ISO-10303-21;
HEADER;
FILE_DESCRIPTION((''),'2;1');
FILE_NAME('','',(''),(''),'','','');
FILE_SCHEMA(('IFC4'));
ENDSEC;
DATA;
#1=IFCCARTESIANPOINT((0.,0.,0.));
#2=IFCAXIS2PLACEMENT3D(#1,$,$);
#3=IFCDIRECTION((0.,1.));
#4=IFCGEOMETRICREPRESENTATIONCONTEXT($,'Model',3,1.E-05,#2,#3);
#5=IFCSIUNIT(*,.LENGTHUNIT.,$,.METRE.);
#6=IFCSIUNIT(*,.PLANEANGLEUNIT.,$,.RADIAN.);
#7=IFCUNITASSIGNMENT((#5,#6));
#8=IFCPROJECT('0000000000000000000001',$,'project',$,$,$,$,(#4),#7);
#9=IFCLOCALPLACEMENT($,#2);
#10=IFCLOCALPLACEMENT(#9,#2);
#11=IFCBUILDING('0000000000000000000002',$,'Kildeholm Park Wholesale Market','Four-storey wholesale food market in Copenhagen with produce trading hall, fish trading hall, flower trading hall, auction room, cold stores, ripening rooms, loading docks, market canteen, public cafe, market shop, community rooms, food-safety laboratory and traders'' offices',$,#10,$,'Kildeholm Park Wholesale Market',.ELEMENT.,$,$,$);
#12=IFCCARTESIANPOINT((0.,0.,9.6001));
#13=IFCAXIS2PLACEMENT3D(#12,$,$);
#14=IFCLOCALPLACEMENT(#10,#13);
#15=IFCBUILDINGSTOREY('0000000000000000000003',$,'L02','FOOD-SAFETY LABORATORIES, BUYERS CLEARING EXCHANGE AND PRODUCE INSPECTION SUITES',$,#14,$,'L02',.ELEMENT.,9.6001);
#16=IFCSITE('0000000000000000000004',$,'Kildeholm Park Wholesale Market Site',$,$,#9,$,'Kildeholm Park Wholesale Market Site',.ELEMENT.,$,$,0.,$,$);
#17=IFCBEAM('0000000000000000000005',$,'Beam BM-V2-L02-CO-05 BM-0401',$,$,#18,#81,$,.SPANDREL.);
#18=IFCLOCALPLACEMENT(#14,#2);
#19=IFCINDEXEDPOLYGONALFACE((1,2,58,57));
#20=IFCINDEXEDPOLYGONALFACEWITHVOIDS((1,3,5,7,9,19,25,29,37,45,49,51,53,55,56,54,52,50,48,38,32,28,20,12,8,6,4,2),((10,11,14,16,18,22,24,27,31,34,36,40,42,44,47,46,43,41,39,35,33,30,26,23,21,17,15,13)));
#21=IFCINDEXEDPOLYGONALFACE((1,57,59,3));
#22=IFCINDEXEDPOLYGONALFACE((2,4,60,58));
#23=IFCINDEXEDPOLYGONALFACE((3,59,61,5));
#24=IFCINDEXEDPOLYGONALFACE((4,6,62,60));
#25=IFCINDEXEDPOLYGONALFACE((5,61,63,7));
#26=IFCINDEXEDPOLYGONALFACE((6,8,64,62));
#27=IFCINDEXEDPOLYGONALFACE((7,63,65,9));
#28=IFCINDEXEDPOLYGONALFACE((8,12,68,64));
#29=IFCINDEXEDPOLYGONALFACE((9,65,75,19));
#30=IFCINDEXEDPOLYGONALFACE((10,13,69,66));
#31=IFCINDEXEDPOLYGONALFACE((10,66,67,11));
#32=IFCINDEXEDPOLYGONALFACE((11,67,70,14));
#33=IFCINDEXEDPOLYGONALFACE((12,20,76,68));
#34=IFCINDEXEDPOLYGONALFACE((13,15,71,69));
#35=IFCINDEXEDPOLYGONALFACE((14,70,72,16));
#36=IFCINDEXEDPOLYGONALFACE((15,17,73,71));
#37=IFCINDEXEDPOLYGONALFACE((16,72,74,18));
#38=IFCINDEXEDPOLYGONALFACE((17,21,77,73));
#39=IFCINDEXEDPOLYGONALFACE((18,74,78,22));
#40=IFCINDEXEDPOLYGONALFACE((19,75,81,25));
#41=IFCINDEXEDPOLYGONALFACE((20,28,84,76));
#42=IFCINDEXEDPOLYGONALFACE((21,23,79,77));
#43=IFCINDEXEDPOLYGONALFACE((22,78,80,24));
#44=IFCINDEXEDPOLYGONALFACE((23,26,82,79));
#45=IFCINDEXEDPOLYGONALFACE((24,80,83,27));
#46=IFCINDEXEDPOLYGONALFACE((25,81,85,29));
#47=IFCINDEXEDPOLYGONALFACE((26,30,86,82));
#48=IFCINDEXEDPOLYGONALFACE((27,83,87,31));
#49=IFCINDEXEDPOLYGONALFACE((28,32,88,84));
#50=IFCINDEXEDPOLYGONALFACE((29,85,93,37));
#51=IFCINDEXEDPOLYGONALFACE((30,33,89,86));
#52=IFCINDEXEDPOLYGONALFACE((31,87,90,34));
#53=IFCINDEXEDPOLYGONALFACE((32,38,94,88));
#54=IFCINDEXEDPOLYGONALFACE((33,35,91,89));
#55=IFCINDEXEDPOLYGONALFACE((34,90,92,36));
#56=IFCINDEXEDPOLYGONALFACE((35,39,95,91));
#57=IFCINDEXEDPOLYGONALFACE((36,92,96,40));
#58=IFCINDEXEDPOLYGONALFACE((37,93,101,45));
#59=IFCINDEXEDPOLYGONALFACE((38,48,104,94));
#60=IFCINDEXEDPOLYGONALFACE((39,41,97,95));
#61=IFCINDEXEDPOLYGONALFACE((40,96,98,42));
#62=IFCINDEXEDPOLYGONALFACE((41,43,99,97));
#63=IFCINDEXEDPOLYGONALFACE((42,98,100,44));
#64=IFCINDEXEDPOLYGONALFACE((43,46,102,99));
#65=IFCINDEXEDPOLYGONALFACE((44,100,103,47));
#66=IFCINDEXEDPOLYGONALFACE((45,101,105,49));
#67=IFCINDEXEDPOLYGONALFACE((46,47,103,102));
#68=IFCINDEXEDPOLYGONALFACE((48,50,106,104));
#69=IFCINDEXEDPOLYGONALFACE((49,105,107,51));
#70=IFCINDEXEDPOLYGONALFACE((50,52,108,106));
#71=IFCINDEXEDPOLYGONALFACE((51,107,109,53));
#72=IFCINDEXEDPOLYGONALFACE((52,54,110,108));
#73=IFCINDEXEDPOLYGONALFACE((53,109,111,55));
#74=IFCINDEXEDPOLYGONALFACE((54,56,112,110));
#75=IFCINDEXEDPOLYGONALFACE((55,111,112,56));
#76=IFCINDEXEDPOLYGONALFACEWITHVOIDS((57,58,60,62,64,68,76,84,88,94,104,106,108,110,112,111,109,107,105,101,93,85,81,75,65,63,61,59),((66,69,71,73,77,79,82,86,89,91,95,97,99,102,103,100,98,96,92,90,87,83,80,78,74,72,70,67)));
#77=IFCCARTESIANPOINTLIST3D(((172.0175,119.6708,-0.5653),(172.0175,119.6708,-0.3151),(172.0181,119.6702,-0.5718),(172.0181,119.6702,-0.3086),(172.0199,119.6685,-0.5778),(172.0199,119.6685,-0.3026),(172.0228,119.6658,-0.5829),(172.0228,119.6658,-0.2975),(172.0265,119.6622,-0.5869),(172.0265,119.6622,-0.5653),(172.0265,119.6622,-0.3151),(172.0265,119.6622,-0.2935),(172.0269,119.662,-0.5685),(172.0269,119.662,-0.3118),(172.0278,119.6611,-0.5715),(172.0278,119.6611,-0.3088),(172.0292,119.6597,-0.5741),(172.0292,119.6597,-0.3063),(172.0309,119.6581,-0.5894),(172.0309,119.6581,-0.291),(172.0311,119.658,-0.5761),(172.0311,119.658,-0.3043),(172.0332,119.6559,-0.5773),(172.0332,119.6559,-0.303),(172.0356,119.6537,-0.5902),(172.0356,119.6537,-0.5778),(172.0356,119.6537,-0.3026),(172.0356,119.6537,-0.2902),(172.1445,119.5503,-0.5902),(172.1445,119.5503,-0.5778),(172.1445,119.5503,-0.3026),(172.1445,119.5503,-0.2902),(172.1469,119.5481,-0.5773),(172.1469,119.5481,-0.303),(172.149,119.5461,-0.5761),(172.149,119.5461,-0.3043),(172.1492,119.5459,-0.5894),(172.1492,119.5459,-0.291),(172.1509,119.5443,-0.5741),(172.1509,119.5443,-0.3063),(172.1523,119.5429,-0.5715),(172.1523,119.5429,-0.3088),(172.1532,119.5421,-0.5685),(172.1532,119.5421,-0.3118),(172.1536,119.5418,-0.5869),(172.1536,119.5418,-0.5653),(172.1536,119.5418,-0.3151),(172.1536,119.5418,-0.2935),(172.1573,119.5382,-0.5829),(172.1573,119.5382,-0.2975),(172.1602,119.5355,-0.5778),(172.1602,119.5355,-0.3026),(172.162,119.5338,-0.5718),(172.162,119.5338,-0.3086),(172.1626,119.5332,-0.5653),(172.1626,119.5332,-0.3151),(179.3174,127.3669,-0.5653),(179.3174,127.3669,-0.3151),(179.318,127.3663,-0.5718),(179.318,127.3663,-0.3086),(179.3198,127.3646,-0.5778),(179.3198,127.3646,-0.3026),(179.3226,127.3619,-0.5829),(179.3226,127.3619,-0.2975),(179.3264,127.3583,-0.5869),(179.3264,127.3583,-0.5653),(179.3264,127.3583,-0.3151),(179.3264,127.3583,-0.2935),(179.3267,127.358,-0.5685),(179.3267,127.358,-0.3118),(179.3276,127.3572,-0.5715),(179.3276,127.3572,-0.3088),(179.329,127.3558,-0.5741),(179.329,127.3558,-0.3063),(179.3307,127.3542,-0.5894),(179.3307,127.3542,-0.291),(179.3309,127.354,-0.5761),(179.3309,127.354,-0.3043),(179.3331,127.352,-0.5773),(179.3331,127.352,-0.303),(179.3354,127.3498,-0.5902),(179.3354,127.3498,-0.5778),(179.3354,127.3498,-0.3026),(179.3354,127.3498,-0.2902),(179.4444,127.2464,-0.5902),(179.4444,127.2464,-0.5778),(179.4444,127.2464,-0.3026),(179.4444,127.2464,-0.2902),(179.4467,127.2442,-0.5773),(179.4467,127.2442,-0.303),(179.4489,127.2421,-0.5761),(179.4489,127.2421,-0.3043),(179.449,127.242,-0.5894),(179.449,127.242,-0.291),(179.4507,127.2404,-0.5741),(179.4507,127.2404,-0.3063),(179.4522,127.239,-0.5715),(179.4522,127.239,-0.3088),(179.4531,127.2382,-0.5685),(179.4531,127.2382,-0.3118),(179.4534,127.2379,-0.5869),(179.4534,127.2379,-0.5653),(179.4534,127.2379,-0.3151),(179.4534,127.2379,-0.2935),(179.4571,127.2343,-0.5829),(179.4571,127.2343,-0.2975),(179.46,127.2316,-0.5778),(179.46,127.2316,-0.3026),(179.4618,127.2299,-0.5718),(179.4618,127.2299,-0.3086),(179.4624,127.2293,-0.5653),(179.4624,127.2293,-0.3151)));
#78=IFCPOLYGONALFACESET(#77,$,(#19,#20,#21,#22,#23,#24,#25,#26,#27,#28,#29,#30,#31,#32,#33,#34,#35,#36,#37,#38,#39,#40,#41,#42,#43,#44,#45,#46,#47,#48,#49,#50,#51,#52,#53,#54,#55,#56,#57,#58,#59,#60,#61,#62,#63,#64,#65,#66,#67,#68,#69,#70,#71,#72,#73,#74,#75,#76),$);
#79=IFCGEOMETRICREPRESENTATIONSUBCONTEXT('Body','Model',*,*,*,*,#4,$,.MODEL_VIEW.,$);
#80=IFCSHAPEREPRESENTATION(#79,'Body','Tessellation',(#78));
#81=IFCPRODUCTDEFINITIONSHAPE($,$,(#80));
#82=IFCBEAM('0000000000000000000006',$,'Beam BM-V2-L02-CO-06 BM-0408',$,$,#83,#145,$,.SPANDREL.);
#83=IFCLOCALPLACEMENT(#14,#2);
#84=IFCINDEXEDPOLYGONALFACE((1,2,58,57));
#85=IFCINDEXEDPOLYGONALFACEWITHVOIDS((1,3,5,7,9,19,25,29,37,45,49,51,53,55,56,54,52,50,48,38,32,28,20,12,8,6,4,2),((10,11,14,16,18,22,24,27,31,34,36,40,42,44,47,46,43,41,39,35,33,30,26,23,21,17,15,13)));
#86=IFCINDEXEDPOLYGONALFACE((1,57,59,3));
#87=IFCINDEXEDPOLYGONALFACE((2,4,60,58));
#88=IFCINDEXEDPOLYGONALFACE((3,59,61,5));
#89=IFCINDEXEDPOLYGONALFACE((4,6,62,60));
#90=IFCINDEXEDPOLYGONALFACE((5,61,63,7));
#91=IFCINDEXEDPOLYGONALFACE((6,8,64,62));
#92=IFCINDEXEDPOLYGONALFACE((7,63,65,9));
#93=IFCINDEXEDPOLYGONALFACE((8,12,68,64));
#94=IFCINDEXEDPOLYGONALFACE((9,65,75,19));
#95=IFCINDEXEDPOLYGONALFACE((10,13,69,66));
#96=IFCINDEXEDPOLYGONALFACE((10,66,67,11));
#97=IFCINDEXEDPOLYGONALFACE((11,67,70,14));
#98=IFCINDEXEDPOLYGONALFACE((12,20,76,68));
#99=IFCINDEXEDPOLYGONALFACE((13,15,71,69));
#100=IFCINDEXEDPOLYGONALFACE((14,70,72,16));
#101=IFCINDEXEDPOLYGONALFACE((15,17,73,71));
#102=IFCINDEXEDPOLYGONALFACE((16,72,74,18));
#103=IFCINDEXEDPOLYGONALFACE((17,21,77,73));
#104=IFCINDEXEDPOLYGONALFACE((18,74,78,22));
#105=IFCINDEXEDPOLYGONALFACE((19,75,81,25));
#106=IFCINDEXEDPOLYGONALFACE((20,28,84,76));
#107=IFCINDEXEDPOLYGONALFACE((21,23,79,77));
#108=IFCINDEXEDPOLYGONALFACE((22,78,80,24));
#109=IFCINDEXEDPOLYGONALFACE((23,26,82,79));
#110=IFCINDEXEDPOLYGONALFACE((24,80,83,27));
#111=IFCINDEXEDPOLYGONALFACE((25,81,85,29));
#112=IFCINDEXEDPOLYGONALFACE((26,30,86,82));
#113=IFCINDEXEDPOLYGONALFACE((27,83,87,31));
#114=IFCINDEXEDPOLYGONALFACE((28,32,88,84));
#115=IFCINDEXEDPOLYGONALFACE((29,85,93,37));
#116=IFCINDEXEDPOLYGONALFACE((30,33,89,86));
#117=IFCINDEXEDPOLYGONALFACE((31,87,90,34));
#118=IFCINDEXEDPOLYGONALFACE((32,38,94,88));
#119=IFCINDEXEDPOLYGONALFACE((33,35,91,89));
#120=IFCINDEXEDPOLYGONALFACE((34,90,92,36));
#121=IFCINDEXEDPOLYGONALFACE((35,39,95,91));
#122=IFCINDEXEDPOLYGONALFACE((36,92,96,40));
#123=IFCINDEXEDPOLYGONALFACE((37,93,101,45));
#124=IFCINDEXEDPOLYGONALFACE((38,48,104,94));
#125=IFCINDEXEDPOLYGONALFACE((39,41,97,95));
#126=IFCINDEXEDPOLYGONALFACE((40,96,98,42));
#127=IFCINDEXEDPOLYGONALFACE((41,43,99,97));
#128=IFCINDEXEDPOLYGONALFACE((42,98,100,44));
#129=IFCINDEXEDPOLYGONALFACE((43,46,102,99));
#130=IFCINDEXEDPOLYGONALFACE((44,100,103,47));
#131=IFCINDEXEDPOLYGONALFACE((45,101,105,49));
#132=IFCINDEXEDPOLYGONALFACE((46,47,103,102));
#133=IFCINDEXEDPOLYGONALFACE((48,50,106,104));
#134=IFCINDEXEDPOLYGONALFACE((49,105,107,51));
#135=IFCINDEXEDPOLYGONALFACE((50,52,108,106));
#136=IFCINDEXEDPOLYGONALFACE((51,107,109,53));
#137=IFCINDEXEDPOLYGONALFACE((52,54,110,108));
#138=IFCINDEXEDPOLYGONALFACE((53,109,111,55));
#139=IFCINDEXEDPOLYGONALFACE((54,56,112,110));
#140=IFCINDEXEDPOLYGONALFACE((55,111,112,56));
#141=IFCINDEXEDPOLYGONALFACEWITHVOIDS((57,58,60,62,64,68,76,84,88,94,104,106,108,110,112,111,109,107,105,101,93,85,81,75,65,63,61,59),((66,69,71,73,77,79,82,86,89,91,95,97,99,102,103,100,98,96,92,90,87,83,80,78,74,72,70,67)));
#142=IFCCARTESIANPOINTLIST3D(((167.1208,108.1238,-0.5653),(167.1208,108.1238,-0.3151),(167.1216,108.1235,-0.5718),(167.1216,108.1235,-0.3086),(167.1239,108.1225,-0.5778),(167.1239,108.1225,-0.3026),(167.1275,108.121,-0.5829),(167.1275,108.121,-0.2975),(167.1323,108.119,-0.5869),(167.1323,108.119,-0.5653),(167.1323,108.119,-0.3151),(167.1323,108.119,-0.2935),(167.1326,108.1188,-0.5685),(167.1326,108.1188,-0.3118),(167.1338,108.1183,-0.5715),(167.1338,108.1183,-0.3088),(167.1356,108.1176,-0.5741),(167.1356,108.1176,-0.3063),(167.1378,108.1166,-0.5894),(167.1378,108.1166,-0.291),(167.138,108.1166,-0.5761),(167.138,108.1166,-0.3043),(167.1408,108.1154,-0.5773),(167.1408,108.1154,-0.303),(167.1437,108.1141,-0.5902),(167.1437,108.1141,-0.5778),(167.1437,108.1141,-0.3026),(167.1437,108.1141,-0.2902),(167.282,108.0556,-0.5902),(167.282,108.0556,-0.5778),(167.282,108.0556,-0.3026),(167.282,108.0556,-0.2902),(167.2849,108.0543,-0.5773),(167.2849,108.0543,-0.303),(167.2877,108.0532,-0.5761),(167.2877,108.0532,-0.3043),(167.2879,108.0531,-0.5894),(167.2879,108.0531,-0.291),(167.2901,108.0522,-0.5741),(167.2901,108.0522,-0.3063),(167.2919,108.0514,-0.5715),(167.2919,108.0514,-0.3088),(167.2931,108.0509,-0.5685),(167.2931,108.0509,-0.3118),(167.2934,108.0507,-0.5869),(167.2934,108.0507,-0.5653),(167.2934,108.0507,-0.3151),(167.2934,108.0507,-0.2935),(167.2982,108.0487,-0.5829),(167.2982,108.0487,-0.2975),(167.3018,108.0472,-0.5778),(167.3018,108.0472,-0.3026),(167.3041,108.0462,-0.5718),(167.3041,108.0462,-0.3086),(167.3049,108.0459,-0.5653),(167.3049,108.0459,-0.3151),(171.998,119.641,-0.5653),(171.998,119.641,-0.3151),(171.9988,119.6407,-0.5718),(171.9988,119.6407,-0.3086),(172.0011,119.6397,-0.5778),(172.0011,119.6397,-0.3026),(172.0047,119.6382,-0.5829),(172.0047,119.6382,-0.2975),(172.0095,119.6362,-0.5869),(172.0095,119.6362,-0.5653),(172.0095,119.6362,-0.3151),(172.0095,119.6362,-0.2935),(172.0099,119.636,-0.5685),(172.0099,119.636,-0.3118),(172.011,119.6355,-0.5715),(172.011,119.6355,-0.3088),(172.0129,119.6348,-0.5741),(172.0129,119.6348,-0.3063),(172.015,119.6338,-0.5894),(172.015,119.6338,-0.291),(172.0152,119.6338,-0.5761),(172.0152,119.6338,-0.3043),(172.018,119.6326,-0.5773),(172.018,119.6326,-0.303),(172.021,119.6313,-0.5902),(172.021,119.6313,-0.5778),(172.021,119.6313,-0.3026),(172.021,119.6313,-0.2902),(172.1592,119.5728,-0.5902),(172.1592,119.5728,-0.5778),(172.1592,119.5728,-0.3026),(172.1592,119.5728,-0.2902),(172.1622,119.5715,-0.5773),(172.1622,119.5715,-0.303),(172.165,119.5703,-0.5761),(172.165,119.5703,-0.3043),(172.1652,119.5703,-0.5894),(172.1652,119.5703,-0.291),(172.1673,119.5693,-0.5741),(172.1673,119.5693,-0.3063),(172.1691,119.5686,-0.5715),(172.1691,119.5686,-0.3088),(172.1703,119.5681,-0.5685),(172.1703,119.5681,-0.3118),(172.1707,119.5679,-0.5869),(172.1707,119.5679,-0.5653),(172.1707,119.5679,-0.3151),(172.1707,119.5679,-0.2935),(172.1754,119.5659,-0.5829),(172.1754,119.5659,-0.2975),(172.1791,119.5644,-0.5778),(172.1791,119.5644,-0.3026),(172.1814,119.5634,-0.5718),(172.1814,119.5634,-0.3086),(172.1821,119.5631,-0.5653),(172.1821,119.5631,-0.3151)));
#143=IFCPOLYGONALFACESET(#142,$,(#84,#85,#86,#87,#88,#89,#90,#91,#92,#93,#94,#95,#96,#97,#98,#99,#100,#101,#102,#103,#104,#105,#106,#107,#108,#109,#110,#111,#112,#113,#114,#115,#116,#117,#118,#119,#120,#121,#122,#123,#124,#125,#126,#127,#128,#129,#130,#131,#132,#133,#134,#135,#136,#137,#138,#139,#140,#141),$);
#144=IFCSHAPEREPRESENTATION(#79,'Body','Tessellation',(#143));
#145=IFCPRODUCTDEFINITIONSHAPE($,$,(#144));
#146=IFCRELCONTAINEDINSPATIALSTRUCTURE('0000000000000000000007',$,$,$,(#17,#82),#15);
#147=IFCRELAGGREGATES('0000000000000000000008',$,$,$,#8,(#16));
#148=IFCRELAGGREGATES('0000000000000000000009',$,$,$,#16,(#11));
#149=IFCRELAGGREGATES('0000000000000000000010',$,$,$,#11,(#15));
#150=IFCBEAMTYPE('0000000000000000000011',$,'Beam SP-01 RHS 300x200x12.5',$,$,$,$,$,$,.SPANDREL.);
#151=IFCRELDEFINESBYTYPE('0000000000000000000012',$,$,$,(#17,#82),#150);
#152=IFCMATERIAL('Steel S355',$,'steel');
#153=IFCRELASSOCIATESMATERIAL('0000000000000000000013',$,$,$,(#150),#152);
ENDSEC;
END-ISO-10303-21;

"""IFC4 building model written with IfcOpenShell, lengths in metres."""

from ifc_helpers import new_model, si_unit, direction, frame, origin, origin_2d, place, context, subcontext, project, spatial, hollow_rectangle, extrude, material, material_profile, profile_set, type_object, element, save


model = new_model("IFC4")

# Units and contexts
model_context = context("Model", 3, precision=1e-05, world=origin(), true_north=direction((0.0, 1.0)))
body_context = subcontext(model_context, "Body", "Model", "MODEL_VIEW")
ifc_project = project(units=[si_unit("LENGTHUNIT", "METRE"), si_unit("PLANEANGLEUNIT", "RADIAN")], contexts=[model_context])

# Site, building, storey
site_placement = place(None, origin())
site = spatial("IfcSite", under=ifc_project, at=site_placement, Name="Kildeholm Park Wholesale Market Site", LongName="Kildeholm Park Wholesale Market Site", CompositionType="ELEMENT", RefElevation=0.0)
building_placement = place(site_placement, origin())
building = spatial("IfcBuilding", under=site, at=building_placement, Name="Kildeholm Park Wholesale Market", Description="Four-storey wholesale food market in Copenhagen with produce trading hall, fish trading hall, flower trading hall, auction room, cold stores, ripening rooms, loading docks, market canteen, public cafe, market shop, community rooms, food-safety laboratory and traders' offices", LongName="Kildeholm Park Wholesale Market", CompositionType="ELEMENT")
storey_placement = place(building_placement, frame((0.0, 0.0, 9.6001)))
storey = spatial("IfcBuildingStorey", under=building, at=storey_placement, Name="L02", Description="FOOD-SAFETY LABORATORIES, BUYERS CLEARING EXCHANGE AND PRODUCE INSPECTION SUITES", LongName="L02", CompositionType="ELEMENT", Elevation=9.6001)

# Shared definitions
ifc_material_1 = material(Name="Steel S355", Category="steel")

# Beams
ifc_material_profile_1 = material_profile(ifc_material_1, hollow_rectangle(XDim=0.2, YDim=0.3, WallThickness=0.0125, InnerFilletRadius=0.0125, OuterFilletRadius=0.0249, at=origin_2d()), Name="RHS 300x200x12.5")
ifc_profile_set_1 = profile_set([ifc_material_profile_1], Name="Steel S355")
beam_type_1 = type_object("IfcBeamType", Name="Beam SP-01 RHS 300x200x12.5", PredefinedType="SPANDREL", material=ifc_profile_set_1)
beam_1_placement = place(storey_placement, frame((179.3899, 127.2981, -0.4402), z_axis=(-0.688182, -0.725538, 0.0), x_axis=(0.725538, -0.688182, 0.0)))
element("IfcBeam", 1, at=beam_1_placement, inside=storey, type_object=beam_type_1, Name="Beam BM-V2-L02-CO-05 BM-0401", PredefinedType="SPANDREL", context=body_context, shape_type="SweptSolid", body=[
    extrude(hollow_rectangle(XDim=0.2, YDim=0.3, WallThickness=0.0125, InnerFilletRadius=0.0125, OuterFilletRadius=0.0249, at=origin_2d()), origin(), (0.0, 0.0, 1.0), 10.6074),
])
beam_2_placement = place(storey_placement, frame((172.0901, 119.6021, -0.4402), z_axis=(-0.389951, -0.920836, 0.0), x_axis=(0.920836, -0.389951, 0.0)))
element("IfcBeam", 2, at=beam_2_placement, inside=storey, type_object=beam_type_1, Name="Beam BM-V2-L02-CO-06 BM-0408", PredefinedType="SPANDREL", context=body_context, shape_type="SweptSolid", body=[
    extrude(hollow_rectangle(XDim=0.2, YDim=0.3, WallThickness=0.0125, InnerFilletRadius=0.0125, OuterFilletRadius=0.0249, at=origin_2d()), origin(), (0.0, 0.0, 1.0), 12.5073),
])

save(model, "model.ifc")
